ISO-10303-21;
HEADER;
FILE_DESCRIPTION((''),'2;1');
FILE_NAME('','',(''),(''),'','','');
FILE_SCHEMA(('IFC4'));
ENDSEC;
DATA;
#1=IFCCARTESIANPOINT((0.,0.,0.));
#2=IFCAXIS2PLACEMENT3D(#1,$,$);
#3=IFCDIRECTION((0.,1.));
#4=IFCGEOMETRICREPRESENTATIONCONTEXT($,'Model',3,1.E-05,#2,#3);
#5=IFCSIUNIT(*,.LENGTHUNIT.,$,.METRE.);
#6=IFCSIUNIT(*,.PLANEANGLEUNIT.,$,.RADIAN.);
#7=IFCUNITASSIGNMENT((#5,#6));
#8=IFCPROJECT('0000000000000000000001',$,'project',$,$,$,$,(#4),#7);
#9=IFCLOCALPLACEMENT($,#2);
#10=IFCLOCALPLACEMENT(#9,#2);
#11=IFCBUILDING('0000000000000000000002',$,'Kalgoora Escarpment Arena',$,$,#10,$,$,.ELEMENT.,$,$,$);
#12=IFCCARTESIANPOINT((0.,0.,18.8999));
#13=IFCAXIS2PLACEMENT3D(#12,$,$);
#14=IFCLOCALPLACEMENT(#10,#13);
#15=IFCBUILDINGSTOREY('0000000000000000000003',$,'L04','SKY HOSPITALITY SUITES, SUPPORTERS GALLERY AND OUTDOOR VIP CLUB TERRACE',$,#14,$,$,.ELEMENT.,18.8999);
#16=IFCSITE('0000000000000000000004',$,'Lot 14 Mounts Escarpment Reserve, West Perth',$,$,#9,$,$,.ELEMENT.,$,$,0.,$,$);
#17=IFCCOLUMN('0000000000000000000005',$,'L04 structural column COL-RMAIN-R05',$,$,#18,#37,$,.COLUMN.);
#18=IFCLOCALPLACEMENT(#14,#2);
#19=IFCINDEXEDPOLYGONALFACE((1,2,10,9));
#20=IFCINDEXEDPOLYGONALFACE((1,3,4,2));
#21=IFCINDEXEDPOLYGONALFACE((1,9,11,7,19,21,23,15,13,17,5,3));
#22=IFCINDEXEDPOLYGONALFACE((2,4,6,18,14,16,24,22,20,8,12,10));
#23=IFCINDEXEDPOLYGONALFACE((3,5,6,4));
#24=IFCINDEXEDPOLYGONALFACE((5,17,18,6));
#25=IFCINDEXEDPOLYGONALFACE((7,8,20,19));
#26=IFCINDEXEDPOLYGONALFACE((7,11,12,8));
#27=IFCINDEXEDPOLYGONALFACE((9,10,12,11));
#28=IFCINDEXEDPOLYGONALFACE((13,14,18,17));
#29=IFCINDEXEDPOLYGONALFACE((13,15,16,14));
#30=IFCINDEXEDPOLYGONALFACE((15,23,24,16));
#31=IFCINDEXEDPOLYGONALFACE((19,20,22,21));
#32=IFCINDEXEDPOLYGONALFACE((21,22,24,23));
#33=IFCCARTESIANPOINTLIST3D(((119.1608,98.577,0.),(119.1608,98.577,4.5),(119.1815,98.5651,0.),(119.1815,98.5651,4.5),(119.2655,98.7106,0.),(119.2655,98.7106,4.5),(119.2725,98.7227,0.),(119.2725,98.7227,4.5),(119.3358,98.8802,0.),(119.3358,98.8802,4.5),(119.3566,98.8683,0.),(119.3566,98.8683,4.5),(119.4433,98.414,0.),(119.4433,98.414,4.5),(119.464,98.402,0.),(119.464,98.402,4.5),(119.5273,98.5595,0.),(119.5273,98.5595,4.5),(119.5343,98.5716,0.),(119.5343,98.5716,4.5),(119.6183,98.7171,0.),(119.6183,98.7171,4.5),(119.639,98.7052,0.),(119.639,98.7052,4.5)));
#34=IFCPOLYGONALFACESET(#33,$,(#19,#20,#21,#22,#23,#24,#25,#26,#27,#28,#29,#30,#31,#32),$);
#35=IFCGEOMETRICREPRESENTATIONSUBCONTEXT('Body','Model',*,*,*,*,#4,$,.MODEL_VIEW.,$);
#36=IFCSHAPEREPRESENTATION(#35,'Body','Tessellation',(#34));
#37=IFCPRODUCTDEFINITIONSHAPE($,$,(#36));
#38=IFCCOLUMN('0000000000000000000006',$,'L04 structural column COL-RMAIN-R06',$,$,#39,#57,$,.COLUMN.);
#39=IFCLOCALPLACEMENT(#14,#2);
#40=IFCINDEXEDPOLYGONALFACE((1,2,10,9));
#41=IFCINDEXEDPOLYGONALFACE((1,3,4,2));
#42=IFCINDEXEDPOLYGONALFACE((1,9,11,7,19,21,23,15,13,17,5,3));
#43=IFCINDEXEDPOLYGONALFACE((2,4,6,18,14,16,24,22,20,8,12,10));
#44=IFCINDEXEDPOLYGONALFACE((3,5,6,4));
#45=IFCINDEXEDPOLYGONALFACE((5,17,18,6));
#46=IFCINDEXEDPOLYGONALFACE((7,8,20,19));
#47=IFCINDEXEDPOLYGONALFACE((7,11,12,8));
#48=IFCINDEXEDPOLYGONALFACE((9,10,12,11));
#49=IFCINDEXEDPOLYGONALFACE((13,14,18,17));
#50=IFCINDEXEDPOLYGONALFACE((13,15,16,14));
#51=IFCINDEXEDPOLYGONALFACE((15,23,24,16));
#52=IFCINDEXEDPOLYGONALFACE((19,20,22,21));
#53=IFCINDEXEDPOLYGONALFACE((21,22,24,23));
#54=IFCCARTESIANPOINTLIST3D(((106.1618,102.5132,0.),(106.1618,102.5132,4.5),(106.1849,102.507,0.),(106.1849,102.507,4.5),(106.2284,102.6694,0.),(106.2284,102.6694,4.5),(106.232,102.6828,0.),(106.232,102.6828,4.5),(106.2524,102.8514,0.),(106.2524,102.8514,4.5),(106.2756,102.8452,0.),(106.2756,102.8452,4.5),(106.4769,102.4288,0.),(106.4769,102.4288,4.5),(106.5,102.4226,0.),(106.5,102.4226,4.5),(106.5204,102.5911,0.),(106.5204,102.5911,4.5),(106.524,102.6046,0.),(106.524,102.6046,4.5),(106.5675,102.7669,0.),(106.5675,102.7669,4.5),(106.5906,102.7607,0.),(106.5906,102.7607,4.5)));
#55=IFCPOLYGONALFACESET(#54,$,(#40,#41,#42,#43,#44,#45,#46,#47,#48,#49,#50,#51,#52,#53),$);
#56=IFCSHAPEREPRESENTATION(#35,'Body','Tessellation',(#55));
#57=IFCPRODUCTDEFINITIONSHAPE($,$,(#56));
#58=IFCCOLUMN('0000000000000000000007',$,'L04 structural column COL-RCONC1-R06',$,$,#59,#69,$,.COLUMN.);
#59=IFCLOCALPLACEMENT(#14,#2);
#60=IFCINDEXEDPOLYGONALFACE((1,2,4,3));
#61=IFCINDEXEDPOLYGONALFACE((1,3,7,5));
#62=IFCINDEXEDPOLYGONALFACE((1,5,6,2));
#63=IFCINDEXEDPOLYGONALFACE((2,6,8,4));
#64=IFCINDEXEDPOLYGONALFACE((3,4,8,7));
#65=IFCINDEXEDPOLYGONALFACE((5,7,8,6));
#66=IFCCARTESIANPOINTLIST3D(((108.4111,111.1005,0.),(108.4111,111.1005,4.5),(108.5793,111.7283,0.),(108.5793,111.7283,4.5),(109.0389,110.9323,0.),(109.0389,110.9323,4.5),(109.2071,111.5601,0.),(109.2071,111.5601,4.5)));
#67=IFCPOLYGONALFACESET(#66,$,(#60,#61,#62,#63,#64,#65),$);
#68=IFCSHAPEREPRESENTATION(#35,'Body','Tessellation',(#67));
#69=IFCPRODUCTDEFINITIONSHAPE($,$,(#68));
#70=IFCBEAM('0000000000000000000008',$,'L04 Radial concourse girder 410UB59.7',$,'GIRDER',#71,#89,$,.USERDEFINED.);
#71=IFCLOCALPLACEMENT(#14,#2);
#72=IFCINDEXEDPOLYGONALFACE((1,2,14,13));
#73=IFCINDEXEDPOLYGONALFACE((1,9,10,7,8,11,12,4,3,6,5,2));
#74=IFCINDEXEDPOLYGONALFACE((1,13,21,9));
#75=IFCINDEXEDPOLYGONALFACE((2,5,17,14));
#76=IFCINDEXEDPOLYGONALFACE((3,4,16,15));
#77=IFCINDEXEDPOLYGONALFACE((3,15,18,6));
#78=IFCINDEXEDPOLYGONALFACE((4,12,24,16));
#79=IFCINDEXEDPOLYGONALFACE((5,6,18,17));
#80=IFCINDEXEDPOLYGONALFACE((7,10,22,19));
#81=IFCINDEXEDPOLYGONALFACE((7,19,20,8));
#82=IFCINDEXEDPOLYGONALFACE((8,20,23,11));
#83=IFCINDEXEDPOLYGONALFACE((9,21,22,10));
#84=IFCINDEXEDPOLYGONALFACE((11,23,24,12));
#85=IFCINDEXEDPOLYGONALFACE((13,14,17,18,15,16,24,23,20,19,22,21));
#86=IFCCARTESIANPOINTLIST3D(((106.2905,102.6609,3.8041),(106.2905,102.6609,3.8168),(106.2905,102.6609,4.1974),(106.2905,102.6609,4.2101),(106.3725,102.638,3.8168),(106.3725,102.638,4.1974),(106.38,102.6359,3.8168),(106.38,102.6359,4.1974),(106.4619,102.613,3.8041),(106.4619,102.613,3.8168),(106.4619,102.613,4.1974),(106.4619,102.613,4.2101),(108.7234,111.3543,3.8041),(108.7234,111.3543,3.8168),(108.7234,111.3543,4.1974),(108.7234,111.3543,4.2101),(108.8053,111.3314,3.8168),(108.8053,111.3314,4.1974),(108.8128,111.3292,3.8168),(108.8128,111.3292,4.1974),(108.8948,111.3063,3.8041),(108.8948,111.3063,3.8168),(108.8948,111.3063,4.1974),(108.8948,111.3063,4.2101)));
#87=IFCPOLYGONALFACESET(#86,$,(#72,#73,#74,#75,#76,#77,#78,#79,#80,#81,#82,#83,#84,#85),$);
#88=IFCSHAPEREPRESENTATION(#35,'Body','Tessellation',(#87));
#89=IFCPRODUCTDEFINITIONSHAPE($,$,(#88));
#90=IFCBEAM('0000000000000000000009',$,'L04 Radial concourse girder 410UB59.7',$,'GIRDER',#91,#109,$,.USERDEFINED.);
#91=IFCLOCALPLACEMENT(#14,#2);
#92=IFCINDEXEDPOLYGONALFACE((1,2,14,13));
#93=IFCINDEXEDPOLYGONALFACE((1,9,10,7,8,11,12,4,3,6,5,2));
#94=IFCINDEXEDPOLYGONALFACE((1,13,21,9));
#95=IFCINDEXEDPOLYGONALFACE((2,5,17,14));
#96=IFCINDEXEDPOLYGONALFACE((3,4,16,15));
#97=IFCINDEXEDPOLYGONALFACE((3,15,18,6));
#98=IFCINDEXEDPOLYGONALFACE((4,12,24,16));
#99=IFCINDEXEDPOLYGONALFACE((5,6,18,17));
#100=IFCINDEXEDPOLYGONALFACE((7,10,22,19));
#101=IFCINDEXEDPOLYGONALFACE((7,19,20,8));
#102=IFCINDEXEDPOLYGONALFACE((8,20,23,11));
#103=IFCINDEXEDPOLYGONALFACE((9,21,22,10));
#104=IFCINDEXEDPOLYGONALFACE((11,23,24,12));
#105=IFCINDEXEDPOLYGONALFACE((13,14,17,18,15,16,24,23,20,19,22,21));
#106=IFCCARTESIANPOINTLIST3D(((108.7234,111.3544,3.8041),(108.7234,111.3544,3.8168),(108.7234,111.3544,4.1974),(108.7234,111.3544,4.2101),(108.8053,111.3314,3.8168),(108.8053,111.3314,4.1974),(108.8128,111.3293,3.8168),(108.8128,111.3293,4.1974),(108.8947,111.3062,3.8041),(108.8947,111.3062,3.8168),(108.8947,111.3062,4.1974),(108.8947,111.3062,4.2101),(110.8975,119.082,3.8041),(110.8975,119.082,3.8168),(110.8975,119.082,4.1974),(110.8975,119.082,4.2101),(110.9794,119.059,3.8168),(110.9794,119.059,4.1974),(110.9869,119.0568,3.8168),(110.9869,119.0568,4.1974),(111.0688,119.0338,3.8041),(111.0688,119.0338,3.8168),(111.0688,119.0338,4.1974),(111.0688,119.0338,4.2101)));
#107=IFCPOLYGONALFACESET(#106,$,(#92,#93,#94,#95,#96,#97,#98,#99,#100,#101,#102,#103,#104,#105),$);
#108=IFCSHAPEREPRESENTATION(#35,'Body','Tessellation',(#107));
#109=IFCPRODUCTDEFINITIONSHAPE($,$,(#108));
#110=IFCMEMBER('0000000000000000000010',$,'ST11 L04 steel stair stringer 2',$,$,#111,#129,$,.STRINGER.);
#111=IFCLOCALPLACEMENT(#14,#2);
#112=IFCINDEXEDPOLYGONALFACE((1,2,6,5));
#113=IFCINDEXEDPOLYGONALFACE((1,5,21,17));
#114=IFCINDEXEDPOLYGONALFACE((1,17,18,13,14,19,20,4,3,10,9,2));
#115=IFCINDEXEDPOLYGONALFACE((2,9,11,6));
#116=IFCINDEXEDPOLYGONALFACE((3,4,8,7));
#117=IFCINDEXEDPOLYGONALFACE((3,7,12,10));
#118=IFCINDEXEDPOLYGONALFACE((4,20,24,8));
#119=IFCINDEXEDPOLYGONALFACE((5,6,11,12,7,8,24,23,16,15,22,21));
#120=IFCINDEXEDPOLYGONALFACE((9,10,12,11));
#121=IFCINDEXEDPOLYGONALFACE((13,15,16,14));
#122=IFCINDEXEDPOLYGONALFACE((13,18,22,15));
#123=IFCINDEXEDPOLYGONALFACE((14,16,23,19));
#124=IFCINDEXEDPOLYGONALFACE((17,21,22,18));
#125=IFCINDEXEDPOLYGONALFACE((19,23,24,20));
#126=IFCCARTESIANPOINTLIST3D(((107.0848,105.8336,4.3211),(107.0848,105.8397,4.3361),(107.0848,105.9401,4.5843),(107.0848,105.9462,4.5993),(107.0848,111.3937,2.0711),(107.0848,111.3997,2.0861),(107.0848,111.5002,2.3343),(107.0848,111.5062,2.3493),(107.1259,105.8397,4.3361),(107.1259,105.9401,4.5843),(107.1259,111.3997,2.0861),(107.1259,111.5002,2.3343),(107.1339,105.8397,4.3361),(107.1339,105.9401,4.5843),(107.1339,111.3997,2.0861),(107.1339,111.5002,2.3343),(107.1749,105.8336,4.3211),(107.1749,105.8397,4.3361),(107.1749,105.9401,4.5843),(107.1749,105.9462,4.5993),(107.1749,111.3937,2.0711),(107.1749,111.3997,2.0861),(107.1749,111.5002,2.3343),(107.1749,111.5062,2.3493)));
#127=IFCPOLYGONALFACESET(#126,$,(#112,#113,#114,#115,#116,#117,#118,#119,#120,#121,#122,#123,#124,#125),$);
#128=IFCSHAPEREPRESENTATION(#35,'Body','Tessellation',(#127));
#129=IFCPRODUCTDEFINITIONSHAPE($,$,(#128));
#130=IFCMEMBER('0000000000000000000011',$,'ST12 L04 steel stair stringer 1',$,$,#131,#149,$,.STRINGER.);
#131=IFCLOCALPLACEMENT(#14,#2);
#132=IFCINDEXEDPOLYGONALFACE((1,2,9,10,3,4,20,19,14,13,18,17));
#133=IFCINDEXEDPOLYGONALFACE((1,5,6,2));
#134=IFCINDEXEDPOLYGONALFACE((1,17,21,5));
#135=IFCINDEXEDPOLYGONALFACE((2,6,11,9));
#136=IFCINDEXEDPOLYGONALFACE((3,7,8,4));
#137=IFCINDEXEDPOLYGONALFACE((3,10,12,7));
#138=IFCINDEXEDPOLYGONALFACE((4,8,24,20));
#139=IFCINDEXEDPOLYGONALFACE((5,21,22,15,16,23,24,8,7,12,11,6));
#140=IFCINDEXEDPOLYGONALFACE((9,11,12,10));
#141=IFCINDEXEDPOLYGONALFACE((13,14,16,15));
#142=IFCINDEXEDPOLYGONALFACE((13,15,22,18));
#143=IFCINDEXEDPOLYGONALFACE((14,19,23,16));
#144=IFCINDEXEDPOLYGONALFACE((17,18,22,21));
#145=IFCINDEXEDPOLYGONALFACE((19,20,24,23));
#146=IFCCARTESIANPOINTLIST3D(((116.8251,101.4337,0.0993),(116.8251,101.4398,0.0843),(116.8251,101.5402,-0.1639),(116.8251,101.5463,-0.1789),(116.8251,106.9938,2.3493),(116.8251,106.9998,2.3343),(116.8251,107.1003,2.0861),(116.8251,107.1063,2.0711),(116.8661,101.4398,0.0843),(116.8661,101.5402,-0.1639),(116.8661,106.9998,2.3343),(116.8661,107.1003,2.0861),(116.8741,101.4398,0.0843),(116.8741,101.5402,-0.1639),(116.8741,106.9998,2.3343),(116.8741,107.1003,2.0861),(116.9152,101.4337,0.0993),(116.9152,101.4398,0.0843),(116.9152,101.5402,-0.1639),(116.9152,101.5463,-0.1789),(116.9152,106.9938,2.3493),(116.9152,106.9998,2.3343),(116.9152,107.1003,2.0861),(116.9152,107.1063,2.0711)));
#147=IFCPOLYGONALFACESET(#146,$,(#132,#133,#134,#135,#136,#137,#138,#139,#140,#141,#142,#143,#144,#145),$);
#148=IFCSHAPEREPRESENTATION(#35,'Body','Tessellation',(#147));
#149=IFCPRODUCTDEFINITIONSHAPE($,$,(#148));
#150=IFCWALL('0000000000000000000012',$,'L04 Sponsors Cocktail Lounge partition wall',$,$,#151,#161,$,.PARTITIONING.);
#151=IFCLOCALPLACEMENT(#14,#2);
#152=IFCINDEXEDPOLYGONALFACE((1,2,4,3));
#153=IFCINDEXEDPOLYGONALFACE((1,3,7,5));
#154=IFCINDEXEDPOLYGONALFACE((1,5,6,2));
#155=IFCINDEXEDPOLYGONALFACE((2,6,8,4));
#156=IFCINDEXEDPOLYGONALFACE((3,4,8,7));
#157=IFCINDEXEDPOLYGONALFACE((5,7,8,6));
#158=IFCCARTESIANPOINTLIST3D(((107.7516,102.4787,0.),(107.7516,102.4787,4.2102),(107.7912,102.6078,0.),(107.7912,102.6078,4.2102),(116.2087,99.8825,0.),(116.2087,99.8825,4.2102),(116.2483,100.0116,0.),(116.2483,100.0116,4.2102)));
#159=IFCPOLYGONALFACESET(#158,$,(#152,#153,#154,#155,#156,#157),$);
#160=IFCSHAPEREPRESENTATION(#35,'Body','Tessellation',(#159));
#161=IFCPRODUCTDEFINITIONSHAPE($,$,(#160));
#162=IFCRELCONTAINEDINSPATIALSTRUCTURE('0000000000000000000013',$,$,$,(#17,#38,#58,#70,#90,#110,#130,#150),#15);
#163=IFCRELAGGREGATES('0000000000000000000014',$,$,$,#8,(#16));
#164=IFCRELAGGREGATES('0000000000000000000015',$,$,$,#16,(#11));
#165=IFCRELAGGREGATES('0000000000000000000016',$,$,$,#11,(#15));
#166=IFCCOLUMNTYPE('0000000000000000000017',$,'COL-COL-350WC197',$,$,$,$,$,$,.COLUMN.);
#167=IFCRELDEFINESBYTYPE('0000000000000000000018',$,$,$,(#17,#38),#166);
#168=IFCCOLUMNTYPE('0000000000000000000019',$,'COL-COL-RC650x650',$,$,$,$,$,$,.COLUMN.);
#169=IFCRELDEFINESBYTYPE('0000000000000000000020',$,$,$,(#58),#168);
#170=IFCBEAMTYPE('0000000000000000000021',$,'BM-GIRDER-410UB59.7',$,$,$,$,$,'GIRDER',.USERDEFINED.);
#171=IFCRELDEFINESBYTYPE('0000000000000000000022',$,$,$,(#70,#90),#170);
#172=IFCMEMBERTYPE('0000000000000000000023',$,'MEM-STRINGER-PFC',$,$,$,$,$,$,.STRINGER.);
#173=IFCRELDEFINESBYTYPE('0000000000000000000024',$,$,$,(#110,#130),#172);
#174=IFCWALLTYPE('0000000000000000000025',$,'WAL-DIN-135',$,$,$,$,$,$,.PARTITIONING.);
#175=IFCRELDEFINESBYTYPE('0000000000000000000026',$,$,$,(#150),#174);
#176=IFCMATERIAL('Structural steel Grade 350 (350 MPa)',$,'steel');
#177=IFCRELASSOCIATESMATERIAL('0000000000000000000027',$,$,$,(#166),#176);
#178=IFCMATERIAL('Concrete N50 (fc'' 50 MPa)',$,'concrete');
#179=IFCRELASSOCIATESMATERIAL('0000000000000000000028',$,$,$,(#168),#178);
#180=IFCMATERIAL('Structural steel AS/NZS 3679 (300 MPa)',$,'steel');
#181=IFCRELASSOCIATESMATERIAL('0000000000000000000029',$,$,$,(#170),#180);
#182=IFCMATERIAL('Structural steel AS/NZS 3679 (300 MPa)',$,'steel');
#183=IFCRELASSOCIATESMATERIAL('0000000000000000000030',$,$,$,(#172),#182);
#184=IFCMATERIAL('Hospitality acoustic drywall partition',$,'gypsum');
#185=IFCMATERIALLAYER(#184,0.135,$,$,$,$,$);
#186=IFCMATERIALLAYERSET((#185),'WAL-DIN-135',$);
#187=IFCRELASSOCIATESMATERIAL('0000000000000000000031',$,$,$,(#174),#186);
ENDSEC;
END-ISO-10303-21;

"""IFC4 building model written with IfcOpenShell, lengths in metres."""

from ifc_helpers import new_model, si_unit, direction, frame, frame_2d, origin, origin_2d, place, context, subcontext, project, spatial, rectangle, i_section, extrude, material, layer, layer_set, material_profile, profile_set, type_object, element, save


model = new_model("IFC4")

# Units and contexts
model_context = context("Model", 3, precision=1e-05, world=origin(), true_north=direction((0.0, 1.0)))
body_context = subcontext(model_context, "Body", "Model", "MODEL_VIEW")
ifc_project = project(units=[si_unit("LENGTHUNIT", "METRE"), si_unit("PLANEANGLEUNIT", "RADIAN")], contexts=[model_context])

# Site, building, storey
site_placement = place(None, origin())
site = spatial("IfcSite", under=ifc_project, at=site_placement, Name="Lot 14 Mounts Escarpment Reserve, West Perth", CompositionType="ELEMENT", RefElevation=0.0)
building_placement = place(site_placement, origin())
building = spatial("IfcBuilding", under=site, at=building_placement, Name="Kalgoora Escarpment Arena", CompositionType="ELEMENT")
storey_placement = place(building_placement, frame((0.0, 0.0, 18.8999)))
storey = spatial("IfcBuildingStorey", under=building, at=storey_placement, Name="L04", Description="SKY HOSPITALITY SUITES, SUPPORTERS GALLERY AND OUTDOOR VIP CLUB TERRACE", CompositionType="ELEMENT", Elevation=18.8999)

# Columns
ifc_material_1 = material(Name="Structural steel Grade 350 (350 MPa)", Category="steel")
ifc_material_profile_1 = material_profile(ifc_material_1, i_section(OverallWidth=0.3501, OverallDepth=0.3501, WebThickness=0.0139, FlangeThickness=0.0239, at=origin_2d()))
ifc_profile_set_1 = profile_set([ifc_material_profile_1], Name="Structural steel Grade 350 (350 MPa)")
column_type_1 = type_object("IfcColumnType", Name="COL-COL-350WC197", PredefinedType="COLUMN", material=ifc_profile_set_1)
for number, where, z_axis, x_axis, name in (
    (1, (119.3999, 98.6411, 0.0), (0.0, 0.0, 1.0), (0.5, 0.866025, 0.0), "L04 structural column COL-RMAIN-R05"),
    (2, (106.3762, 102.637, 0.0), (0.0, 0.0, 1.0), (0.258819, 0.965926, 0.0), "L04 structural column COL-RMAIN-R06"),
):
    element("IfcColumn", number, at=place(storey_placement, frame(where, z_axis=z_axis, x_axis=x_axis)), inside=storey, type_object=column_type_1, Name=name, PredefinedType="COLUMN", context=body_context, shape_type="SweptSolid", body=[
        extrude(i_section(OverallWidth=0.3501, OverallDepth=0.3501, WebThickness=0.0139, FlangeThickness=0.0239, at=origin_2d()), origin(), (0.0, 0.0, 1.0), 4.5),
    ])
ifc_material_2 = material(Name="Concrete N50 (fc' 50 MPa)", Category="concrete")
ifc_material_profile_2 = material_profile(ifc_material_2, rectangle(XDim=0.6499, YDim=0.6499, at=origin_2d()))
ifc_profile_set_2 = profile_set([ifc_material_profile_2], Name="Concrete N50 (fc' 50 MPa)")
column_type_2 = type_object("IfcColumnType", Name="COL-COL-RC650x650", PredefinedType="COLUMN", material=ifc_profile_set_2)
column_placement = place(storey_placement, frame((108.8091, 111.3303, 0.0), z_axis=(0.0, 0.0, 1.0), x_axis=(0.258819, 0.965926, 0.0)))
element("IfcColumn", 3, at=column_placement, inside=storey, type_object=column_type_2, Name="L04 structural column COL-RCONC1-R06", PredefinedType="COLUMN", context=body_context, shape_type="SweptSolid", body=[
    extrude(rectangle(XDim=0.6499, YDim=0.6499, at=origin_2d()), origin(), (0.0, 0.0, 1.0), 4.5),
])

# Beams
ifc_material_3 = material(Name="Structural steel AS/NZS 3679 (300 MPa)", Category="steel")
ifc_material_profile_3 = material_profile(ifc_material_3, i_section(OverallWidth=0.178, OverallDepth=0.406, WebThickness=0.0078, FlangeThickness=0.0127, at=origin_2d()))
ifc_profile_set_3 = profile_set([ifc_material_profile_3], Name="Structural steel AS/NZS 3679 (300 MPa)")
beam_type = type_object("IfcBeamType", Name="BM-GIRDER-410UB59.7", ElementType="GIRDER", PredefinedType="USERDEFINED", material=ifc_profile_set_3)
beam_1_placement = place(storey_placement, frame((106.3762, 102.637, 4.0071), z_axis=(0.269499, 0.963001, 0.0), x_axis=(-0.963001, 0.269499, 0.0)))
element("IfcBeam", 4, at=beam_1_placement, inside=storey, type_object=beam_type, Name="L04 Radial concourse girder 410UB59.7", ObjectType="GIRDER", PredefinedType="USERDEFINED", context=body_context, shape_type="SweptSolid", body=[
    extrude(i_section(OverallWidth=0.178, OverallDepth=0.406, WebThickness=0.0078, FlangeThickness=0.0127, at=origin_2d()), origin(), (0.0, 0.0, 1.0), 9.0273),
])
beam_2_placement = place(storey_placement, frame((108.8091, 111.3303, 4.0071), z_axis=(0.270827, 0.962628, 0.0), x_axis=(-0.962628, 0.270827, 0.0)))
element("IfcBeam", 5, at=beam_2_placement, inside=storey, type_object=beam_type, Name="L04 Radial concourse girder 410UB59.7", ObjectType="GIRDER", PredefinedType="USERDEFINED", context=body_context, shape_type="SweptSolid", body=[
    extrude(i_section(OverallWidth=0.178, OverallDepth=0.406, WebThickness=0.0078, FlangeThickness=0.0127, at=origin_2d()), origin(), (0.0, 0.0, 1.0), 8.0276),
])

# Members
ifc_material_4 = material(Name="Structural steel AS/NZS 3679 (300 MPa)", Category="steel")
ifc_material_profile_4 = material_profile(ifc_material_4, i_section(OverallWidth=0.0901, OverallDepth=0.3, WebThickness=0.0081, FlangeThickness=0.0161, at=origin_2d()))
ifc_profile_set_4 = profile_set([ifc_material_profile_4], Name="Structural steel AS/NZS 3679 (300 MPa)")
member_type = type_object("IfcMemberType", Name="MEM-STRINGER-PFC", PredefinedType="STRINGER", material=ifc_profile_set_4)
for number, where, z_axis, x_axis, name in (
    (6, (107.1299, 111.45, 2.2102), (0.0, -0.926976, 0.375121), (1.0, 0.0, 0.0), "ST11 L04 steel stair stringer 2"),
    (7, (116.8701, 101.49, -0.0398), (0.0, 0.926976, 0.375121), (-1.0, 0.0, 0.0), "ST12 L04 steel stair stringer 1"),
):
    element("IfcMember", number, at=place(storey_placement, frame(where, z_axis=z_axis, x_axis=x_axis)), inside=storey, type_object=member_type, Name=name, PredefinedType="STRINGER", context=body_context, shape_type="SweptSolid", body=[
        extrude(i_section(OverallWidth=0.0901, OverallDepth=0.3, WebThickness=0.0081, FlangeThickness=0.0161, at=origin_2d()), origin(), (0.0, 0.0, 1.0), 5.998),
    ])

# Wall
ifc_material_5 = material(Name="Hospitality acoustic drywall partition", Category="gypsum")
ifc_layer_1 = layer(ifc_material_5, 0.135)
ifc_layer_set_1 = layer_set([ifc_layer_1], Name="WAL-DIN-135")
wall_type_1 = type_object("IfcWallType", Name="WAL-DIN-135", PredefinedType="PARTITIONING", material=ifc_layer_set_1)
wall_1_placement = place(storey_placement, frame((116.2285, 99.947, 0.0), z_axis=(0.0, 0.0, 1.0), x_axis=(-0.955969, 0.293469, 0.0)))
element("IfcWall", 8, at=wall_1_placement, inside=storey, type_object=wall_type_1, Name="L04 Sponsors Cocktail Lounge partition wall", PredefinedType="PARTITIONING", context=body_context, shape_type="SweptSolid", body=[
    extrude(rectangle(XDim=8.8467, YDim=0.135, at=frame_2d((4.4233, 0.0))), origin(), (0.0, 0.0, 1.0), 4.2102),
])

save(model, "model.ifc")
